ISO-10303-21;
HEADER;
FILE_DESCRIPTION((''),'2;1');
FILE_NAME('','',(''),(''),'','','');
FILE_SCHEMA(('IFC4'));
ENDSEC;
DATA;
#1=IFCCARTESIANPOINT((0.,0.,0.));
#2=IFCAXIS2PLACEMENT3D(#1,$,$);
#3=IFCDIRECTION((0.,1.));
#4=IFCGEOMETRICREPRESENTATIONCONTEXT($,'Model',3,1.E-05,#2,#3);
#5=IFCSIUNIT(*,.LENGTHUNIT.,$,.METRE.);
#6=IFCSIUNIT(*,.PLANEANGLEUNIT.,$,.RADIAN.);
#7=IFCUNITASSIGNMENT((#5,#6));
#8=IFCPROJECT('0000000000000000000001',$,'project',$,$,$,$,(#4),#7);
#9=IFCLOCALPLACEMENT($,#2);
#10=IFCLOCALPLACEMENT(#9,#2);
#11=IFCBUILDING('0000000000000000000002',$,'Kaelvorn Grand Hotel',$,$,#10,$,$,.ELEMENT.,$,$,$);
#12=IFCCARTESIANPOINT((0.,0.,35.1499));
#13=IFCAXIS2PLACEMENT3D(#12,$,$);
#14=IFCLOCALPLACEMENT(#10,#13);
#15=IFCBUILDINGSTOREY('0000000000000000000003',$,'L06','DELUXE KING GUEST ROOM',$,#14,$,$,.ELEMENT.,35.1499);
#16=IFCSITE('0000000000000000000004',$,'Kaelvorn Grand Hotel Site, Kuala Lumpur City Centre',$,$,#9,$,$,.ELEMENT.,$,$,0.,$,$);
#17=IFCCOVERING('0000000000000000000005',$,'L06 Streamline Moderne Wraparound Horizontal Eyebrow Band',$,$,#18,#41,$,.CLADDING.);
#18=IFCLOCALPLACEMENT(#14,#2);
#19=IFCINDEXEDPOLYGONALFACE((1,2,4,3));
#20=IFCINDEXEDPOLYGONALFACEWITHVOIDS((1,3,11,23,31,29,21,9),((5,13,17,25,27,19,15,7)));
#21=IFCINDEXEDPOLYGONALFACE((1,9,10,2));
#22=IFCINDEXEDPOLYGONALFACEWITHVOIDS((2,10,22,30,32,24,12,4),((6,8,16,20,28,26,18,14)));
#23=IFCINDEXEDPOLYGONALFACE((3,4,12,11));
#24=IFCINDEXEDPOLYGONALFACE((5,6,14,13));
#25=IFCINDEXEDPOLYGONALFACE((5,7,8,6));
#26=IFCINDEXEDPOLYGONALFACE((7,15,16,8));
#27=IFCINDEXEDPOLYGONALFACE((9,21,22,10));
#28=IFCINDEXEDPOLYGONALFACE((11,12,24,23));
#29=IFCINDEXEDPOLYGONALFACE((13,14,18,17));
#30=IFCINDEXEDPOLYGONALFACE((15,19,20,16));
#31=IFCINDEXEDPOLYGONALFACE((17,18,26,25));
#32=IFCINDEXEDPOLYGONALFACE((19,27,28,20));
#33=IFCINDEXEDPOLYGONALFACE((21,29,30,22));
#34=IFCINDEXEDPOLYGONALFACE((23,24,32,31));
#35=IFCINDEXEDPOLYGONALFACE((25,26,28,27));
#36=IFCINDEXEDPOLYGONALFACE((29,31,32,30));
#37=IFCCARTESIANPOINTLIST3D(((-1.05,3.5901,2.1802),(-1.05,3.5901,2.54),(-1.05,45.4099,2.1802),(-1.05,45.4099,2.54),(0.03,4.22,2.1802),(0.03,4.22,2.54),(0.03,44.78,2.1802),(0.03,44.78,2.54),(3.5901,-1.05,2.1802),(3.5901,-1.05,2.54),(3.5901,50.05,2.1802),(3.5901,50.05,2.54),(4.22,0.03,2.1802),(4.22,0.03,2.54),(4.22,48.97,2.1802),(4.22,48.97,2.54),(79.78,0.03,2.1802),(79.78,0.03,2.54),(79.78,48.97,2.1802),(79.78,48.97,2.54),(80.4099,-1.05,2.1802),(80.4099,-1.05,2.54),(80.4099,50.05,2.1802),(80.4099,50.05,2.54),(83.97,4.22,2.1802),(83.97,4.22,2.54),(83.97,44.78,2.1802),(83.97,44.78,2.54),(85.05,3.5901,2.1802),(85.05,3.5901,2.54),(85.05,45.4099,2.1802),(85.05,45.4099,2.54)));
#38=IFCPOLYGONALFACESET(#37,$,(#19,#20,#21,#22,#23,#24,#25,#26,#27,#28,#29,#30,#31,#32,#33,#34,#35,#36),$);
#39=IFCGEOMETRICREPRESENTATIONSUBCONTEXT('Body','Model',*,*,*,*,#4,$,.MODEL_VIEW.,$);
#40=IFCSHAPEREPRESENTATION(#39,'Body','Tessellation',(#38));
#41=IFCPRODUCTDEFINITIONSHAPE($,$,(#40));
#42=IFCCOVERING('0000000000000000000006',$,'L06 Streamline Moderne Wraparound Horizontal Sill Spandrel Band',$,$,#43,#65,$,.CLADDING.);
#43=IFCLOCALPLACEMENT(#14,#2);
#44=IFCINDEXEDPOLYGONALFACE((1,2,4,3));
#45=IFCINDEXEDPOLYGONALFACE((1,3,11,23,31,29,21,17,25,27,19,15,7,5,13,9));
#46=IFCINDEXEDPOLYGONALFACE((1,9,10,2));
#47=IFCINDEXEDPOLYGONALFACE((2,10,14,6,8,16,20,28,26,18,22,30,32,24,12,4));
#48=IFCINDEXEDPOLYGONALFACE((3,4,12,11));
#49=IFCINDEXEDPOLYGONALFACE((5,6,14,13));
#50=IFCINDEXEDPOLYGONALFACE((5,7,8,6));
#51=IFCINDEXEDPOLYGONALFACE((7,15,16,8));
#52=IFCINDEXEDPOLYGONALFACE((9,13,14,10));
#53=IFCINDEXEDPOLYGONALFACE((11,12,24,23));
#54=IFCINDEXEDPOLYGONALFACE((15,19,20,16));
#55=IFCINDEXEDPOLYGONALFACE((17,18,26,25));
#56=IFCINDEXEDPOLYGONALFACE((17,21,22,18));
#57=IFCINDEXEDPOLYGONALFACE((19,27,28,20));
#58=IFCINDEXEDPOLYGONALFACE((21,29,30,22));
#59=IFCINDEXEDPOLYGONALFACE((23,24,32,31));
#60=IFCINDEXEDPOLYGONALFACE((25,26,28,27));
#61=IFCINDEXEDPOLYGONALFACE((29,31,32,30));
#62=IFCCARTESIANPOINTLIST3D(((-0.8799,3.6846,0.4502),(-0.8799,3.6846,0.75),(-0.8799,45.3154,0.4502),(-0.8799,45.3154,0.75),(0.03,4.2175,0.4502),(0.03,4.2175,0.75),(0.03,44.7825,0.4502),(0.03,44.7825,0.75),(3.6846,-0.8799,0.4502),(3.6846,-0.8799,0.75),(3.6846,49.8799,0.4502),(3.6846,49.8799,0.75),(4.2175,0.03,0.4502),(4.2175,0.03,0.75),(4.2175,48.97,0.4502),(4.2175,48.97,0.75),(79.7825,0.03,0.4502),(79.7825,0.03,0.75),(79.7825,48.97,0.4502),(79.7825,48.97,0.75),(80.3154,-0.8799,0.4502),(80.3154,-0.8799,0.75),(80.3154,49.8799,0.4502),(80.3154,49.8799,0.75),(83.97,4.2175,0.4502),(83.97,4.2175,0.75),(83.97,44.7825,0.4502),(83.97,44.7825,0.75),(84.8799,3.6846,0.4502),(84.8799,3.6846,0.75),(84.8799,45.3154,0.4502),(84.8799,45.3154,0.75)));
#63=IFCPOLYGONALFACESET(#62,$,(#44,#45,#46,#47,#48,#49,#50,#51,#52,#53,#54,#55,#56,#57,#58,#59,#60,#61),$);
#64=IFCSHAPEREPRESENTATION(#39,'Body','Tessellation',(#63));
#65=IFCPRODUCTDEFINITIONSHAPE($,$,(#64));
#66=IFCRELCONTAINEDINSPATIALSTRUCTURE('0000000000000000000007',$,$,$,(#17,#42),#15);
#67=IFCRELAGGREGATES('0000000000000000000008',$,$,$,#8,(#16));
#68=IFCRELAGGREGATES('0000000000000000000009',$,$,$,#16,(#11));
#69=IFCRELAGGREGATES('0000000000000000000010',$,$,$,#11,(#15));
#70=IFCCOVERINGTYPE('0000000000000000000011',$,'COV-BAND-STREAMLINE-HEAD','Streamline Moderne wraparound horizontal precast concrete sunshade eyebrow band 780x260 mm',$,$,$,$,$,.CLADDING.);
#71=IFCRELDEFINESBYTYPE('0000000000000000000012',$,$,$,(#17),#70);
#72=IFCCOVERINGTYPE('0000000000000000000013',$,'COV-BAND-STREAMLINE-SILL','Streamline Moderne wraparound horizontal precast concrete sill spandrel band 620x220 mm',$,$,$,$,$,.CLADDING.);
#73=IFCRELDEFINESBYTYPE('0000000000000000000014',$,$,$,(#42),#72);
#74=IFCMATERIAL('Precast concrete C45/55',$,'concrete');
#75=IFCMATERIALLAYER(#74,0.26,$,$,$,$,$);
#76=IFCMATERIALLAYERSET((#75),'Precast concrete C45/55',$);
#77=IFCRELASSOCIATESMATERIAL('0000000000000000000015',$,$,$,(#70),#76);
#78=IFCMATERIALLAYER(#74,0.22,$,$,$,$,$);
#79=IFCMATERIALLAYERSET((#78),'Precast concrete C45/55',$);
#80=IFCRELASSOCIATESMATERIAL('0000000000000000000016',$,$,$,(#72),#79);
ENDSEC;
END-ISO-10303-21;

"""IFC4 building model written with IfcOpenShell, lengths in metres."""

from ifc_helpers import new_model, si_unit, direction, frame, origin, place, context, subcontext, project, spatial, polyline, outline, extrude, material, layer, layer_set, type_object, element, save


model = new_model("IFC4")

# Units and contexts
model_context = context("Model", 3, precision=1e-05, world=origin(), true_north=direction((0.0, 1.0)))
body_context = subcontext(model_context, "Body", "Model", "MODEL_VIEW")
ifc_project = project(units=[si_unit("LENGTHUNIT", "METRE"), si_unit("PLANEANGLEUNIT", "RADIAN")], contexts=[model_context])

# Site, building, storey
site_placement = place(None, origin())
site = spatial("IfcSite", under=ifc_project, at=site_placement, Name="Kaelvorn Grand Hotel Site, Kuala Lumpur City Centre", CompositionType="ELEMENT", RefElevation=0.0)
building_placement = place(site_placement, origin())
building = spatial("IfcBuilding", under=site, at=building_placement, Name="Kaelvorn Grand Hotel", CompositionType="ELEMENT")
storey_placement = place(building_placement, frame((0.0, 0.0, 35.1499)))
storey = spatial("IfcBuildingStorey", under=building, at=storey_placement, Name="L06", Description="DELUXE KING GUEST ROOM", CompositionType="ELEMENT", Elevation=35.1499)

# Coverings
ifc_material_1 = material(Name="Precast concrete C45/55", Category="concrete")
ifc_layer_1 = layer(ifc_material_1, 0.26)
ifc_layer_set_1 = layer_set([ifc_layer_1], Name="Precast concrete C45/55")
covering_type_1 = type_object("IfcCoveringType", Name="COV-BAND-STREAMLINE-HEAD", Description="Streamline Moderne wraparound horizontal precast concrete sunshade eyebrow band 780x260 mm", PredefinedType="CLADDING", material=ifc_layer_set_1)
covering_1_placement = place(storey_placement, frame((0.0, 0.0, 2.1802)))
element("IfcCovering", 1, at=covering_1_placement, inside=storey, type_object=covering_type_1, Name="L06 Streamline Moderne Wraparound Horizontal Eyebrow Band", PredefinedType="CLADDING", context=body_context, shape_type="SweptSolid", body=[
    extrude(outline(polyline([(3.5901, -1.05), (80.4099, -1.05), (85.05, 3.5901), (85.05, 45.4099), (80.4099, 50.05), (3.5901, 50.05), (-1.05, 45.4099), (-1.05, 3.5901), (3.5901, -1.05)]), holes=[polyline([(4.22, 0.03), (79.78, 0.03), (83.97, 4.22), (83.97, 44.78), (79.78, 48.97), (4.22, 48.97), (0.03, 44.78), (0.03, 4.22), (4.22, 0.03)])]), origin(), (0.0, 0.0, 1.0), 0.3599),
])
ifc_layer_2 = layer(ifc_material_1, 0.22)
ifc_layer_set_2 = layer_set([ifc_layer_2], Name="Precast concrete C45/55")
covering_type_2 = type_object("IfcCoveringType", Name="COV-BAND-STREAMLINE-SILL", Description="Streamline Moderne wraparound horizontal precast concrete sill spandrel band 620x220 mm", PredefinedType="CLADDING", material=ifc_layer_set_2)
covering_2_placement = place(storey_placement, frame((0.0, 0.0, 0.4502)))
element("IfcCovering", 2, at=covering_2_placement, inside=storey, type_object=covering_type_2, Name="L06 Streamline Moderne Wraparound Horizontal Sill Spandrel Band", PredefinedType="CLADDING", context=body_context, shape_type="SweptSolid", body=[
    extrude(outline(polyline([(80.3154, -0.8799), (84.8799, 3.6846), (84.8799, 45.3154), (80.3154, 49.8799), (3.6846, 49.8799), (-0.8799, 45.3154), (-0.8799, 3.6846), (3.6846, -0.8799), (4.2175, 0.03), (0.03, 4.2175), (0.03, 44.7825), (4.2175, 48.97), (79.7825, 48.97), (83.97, 44.7825), (83.97, 4.2175), (79.7825, 0.03), (80.3154, -0.8799)])), origin(), (0.0, 0.0, 1.0), 0.2998),
])

save(model, "model.ifc")
